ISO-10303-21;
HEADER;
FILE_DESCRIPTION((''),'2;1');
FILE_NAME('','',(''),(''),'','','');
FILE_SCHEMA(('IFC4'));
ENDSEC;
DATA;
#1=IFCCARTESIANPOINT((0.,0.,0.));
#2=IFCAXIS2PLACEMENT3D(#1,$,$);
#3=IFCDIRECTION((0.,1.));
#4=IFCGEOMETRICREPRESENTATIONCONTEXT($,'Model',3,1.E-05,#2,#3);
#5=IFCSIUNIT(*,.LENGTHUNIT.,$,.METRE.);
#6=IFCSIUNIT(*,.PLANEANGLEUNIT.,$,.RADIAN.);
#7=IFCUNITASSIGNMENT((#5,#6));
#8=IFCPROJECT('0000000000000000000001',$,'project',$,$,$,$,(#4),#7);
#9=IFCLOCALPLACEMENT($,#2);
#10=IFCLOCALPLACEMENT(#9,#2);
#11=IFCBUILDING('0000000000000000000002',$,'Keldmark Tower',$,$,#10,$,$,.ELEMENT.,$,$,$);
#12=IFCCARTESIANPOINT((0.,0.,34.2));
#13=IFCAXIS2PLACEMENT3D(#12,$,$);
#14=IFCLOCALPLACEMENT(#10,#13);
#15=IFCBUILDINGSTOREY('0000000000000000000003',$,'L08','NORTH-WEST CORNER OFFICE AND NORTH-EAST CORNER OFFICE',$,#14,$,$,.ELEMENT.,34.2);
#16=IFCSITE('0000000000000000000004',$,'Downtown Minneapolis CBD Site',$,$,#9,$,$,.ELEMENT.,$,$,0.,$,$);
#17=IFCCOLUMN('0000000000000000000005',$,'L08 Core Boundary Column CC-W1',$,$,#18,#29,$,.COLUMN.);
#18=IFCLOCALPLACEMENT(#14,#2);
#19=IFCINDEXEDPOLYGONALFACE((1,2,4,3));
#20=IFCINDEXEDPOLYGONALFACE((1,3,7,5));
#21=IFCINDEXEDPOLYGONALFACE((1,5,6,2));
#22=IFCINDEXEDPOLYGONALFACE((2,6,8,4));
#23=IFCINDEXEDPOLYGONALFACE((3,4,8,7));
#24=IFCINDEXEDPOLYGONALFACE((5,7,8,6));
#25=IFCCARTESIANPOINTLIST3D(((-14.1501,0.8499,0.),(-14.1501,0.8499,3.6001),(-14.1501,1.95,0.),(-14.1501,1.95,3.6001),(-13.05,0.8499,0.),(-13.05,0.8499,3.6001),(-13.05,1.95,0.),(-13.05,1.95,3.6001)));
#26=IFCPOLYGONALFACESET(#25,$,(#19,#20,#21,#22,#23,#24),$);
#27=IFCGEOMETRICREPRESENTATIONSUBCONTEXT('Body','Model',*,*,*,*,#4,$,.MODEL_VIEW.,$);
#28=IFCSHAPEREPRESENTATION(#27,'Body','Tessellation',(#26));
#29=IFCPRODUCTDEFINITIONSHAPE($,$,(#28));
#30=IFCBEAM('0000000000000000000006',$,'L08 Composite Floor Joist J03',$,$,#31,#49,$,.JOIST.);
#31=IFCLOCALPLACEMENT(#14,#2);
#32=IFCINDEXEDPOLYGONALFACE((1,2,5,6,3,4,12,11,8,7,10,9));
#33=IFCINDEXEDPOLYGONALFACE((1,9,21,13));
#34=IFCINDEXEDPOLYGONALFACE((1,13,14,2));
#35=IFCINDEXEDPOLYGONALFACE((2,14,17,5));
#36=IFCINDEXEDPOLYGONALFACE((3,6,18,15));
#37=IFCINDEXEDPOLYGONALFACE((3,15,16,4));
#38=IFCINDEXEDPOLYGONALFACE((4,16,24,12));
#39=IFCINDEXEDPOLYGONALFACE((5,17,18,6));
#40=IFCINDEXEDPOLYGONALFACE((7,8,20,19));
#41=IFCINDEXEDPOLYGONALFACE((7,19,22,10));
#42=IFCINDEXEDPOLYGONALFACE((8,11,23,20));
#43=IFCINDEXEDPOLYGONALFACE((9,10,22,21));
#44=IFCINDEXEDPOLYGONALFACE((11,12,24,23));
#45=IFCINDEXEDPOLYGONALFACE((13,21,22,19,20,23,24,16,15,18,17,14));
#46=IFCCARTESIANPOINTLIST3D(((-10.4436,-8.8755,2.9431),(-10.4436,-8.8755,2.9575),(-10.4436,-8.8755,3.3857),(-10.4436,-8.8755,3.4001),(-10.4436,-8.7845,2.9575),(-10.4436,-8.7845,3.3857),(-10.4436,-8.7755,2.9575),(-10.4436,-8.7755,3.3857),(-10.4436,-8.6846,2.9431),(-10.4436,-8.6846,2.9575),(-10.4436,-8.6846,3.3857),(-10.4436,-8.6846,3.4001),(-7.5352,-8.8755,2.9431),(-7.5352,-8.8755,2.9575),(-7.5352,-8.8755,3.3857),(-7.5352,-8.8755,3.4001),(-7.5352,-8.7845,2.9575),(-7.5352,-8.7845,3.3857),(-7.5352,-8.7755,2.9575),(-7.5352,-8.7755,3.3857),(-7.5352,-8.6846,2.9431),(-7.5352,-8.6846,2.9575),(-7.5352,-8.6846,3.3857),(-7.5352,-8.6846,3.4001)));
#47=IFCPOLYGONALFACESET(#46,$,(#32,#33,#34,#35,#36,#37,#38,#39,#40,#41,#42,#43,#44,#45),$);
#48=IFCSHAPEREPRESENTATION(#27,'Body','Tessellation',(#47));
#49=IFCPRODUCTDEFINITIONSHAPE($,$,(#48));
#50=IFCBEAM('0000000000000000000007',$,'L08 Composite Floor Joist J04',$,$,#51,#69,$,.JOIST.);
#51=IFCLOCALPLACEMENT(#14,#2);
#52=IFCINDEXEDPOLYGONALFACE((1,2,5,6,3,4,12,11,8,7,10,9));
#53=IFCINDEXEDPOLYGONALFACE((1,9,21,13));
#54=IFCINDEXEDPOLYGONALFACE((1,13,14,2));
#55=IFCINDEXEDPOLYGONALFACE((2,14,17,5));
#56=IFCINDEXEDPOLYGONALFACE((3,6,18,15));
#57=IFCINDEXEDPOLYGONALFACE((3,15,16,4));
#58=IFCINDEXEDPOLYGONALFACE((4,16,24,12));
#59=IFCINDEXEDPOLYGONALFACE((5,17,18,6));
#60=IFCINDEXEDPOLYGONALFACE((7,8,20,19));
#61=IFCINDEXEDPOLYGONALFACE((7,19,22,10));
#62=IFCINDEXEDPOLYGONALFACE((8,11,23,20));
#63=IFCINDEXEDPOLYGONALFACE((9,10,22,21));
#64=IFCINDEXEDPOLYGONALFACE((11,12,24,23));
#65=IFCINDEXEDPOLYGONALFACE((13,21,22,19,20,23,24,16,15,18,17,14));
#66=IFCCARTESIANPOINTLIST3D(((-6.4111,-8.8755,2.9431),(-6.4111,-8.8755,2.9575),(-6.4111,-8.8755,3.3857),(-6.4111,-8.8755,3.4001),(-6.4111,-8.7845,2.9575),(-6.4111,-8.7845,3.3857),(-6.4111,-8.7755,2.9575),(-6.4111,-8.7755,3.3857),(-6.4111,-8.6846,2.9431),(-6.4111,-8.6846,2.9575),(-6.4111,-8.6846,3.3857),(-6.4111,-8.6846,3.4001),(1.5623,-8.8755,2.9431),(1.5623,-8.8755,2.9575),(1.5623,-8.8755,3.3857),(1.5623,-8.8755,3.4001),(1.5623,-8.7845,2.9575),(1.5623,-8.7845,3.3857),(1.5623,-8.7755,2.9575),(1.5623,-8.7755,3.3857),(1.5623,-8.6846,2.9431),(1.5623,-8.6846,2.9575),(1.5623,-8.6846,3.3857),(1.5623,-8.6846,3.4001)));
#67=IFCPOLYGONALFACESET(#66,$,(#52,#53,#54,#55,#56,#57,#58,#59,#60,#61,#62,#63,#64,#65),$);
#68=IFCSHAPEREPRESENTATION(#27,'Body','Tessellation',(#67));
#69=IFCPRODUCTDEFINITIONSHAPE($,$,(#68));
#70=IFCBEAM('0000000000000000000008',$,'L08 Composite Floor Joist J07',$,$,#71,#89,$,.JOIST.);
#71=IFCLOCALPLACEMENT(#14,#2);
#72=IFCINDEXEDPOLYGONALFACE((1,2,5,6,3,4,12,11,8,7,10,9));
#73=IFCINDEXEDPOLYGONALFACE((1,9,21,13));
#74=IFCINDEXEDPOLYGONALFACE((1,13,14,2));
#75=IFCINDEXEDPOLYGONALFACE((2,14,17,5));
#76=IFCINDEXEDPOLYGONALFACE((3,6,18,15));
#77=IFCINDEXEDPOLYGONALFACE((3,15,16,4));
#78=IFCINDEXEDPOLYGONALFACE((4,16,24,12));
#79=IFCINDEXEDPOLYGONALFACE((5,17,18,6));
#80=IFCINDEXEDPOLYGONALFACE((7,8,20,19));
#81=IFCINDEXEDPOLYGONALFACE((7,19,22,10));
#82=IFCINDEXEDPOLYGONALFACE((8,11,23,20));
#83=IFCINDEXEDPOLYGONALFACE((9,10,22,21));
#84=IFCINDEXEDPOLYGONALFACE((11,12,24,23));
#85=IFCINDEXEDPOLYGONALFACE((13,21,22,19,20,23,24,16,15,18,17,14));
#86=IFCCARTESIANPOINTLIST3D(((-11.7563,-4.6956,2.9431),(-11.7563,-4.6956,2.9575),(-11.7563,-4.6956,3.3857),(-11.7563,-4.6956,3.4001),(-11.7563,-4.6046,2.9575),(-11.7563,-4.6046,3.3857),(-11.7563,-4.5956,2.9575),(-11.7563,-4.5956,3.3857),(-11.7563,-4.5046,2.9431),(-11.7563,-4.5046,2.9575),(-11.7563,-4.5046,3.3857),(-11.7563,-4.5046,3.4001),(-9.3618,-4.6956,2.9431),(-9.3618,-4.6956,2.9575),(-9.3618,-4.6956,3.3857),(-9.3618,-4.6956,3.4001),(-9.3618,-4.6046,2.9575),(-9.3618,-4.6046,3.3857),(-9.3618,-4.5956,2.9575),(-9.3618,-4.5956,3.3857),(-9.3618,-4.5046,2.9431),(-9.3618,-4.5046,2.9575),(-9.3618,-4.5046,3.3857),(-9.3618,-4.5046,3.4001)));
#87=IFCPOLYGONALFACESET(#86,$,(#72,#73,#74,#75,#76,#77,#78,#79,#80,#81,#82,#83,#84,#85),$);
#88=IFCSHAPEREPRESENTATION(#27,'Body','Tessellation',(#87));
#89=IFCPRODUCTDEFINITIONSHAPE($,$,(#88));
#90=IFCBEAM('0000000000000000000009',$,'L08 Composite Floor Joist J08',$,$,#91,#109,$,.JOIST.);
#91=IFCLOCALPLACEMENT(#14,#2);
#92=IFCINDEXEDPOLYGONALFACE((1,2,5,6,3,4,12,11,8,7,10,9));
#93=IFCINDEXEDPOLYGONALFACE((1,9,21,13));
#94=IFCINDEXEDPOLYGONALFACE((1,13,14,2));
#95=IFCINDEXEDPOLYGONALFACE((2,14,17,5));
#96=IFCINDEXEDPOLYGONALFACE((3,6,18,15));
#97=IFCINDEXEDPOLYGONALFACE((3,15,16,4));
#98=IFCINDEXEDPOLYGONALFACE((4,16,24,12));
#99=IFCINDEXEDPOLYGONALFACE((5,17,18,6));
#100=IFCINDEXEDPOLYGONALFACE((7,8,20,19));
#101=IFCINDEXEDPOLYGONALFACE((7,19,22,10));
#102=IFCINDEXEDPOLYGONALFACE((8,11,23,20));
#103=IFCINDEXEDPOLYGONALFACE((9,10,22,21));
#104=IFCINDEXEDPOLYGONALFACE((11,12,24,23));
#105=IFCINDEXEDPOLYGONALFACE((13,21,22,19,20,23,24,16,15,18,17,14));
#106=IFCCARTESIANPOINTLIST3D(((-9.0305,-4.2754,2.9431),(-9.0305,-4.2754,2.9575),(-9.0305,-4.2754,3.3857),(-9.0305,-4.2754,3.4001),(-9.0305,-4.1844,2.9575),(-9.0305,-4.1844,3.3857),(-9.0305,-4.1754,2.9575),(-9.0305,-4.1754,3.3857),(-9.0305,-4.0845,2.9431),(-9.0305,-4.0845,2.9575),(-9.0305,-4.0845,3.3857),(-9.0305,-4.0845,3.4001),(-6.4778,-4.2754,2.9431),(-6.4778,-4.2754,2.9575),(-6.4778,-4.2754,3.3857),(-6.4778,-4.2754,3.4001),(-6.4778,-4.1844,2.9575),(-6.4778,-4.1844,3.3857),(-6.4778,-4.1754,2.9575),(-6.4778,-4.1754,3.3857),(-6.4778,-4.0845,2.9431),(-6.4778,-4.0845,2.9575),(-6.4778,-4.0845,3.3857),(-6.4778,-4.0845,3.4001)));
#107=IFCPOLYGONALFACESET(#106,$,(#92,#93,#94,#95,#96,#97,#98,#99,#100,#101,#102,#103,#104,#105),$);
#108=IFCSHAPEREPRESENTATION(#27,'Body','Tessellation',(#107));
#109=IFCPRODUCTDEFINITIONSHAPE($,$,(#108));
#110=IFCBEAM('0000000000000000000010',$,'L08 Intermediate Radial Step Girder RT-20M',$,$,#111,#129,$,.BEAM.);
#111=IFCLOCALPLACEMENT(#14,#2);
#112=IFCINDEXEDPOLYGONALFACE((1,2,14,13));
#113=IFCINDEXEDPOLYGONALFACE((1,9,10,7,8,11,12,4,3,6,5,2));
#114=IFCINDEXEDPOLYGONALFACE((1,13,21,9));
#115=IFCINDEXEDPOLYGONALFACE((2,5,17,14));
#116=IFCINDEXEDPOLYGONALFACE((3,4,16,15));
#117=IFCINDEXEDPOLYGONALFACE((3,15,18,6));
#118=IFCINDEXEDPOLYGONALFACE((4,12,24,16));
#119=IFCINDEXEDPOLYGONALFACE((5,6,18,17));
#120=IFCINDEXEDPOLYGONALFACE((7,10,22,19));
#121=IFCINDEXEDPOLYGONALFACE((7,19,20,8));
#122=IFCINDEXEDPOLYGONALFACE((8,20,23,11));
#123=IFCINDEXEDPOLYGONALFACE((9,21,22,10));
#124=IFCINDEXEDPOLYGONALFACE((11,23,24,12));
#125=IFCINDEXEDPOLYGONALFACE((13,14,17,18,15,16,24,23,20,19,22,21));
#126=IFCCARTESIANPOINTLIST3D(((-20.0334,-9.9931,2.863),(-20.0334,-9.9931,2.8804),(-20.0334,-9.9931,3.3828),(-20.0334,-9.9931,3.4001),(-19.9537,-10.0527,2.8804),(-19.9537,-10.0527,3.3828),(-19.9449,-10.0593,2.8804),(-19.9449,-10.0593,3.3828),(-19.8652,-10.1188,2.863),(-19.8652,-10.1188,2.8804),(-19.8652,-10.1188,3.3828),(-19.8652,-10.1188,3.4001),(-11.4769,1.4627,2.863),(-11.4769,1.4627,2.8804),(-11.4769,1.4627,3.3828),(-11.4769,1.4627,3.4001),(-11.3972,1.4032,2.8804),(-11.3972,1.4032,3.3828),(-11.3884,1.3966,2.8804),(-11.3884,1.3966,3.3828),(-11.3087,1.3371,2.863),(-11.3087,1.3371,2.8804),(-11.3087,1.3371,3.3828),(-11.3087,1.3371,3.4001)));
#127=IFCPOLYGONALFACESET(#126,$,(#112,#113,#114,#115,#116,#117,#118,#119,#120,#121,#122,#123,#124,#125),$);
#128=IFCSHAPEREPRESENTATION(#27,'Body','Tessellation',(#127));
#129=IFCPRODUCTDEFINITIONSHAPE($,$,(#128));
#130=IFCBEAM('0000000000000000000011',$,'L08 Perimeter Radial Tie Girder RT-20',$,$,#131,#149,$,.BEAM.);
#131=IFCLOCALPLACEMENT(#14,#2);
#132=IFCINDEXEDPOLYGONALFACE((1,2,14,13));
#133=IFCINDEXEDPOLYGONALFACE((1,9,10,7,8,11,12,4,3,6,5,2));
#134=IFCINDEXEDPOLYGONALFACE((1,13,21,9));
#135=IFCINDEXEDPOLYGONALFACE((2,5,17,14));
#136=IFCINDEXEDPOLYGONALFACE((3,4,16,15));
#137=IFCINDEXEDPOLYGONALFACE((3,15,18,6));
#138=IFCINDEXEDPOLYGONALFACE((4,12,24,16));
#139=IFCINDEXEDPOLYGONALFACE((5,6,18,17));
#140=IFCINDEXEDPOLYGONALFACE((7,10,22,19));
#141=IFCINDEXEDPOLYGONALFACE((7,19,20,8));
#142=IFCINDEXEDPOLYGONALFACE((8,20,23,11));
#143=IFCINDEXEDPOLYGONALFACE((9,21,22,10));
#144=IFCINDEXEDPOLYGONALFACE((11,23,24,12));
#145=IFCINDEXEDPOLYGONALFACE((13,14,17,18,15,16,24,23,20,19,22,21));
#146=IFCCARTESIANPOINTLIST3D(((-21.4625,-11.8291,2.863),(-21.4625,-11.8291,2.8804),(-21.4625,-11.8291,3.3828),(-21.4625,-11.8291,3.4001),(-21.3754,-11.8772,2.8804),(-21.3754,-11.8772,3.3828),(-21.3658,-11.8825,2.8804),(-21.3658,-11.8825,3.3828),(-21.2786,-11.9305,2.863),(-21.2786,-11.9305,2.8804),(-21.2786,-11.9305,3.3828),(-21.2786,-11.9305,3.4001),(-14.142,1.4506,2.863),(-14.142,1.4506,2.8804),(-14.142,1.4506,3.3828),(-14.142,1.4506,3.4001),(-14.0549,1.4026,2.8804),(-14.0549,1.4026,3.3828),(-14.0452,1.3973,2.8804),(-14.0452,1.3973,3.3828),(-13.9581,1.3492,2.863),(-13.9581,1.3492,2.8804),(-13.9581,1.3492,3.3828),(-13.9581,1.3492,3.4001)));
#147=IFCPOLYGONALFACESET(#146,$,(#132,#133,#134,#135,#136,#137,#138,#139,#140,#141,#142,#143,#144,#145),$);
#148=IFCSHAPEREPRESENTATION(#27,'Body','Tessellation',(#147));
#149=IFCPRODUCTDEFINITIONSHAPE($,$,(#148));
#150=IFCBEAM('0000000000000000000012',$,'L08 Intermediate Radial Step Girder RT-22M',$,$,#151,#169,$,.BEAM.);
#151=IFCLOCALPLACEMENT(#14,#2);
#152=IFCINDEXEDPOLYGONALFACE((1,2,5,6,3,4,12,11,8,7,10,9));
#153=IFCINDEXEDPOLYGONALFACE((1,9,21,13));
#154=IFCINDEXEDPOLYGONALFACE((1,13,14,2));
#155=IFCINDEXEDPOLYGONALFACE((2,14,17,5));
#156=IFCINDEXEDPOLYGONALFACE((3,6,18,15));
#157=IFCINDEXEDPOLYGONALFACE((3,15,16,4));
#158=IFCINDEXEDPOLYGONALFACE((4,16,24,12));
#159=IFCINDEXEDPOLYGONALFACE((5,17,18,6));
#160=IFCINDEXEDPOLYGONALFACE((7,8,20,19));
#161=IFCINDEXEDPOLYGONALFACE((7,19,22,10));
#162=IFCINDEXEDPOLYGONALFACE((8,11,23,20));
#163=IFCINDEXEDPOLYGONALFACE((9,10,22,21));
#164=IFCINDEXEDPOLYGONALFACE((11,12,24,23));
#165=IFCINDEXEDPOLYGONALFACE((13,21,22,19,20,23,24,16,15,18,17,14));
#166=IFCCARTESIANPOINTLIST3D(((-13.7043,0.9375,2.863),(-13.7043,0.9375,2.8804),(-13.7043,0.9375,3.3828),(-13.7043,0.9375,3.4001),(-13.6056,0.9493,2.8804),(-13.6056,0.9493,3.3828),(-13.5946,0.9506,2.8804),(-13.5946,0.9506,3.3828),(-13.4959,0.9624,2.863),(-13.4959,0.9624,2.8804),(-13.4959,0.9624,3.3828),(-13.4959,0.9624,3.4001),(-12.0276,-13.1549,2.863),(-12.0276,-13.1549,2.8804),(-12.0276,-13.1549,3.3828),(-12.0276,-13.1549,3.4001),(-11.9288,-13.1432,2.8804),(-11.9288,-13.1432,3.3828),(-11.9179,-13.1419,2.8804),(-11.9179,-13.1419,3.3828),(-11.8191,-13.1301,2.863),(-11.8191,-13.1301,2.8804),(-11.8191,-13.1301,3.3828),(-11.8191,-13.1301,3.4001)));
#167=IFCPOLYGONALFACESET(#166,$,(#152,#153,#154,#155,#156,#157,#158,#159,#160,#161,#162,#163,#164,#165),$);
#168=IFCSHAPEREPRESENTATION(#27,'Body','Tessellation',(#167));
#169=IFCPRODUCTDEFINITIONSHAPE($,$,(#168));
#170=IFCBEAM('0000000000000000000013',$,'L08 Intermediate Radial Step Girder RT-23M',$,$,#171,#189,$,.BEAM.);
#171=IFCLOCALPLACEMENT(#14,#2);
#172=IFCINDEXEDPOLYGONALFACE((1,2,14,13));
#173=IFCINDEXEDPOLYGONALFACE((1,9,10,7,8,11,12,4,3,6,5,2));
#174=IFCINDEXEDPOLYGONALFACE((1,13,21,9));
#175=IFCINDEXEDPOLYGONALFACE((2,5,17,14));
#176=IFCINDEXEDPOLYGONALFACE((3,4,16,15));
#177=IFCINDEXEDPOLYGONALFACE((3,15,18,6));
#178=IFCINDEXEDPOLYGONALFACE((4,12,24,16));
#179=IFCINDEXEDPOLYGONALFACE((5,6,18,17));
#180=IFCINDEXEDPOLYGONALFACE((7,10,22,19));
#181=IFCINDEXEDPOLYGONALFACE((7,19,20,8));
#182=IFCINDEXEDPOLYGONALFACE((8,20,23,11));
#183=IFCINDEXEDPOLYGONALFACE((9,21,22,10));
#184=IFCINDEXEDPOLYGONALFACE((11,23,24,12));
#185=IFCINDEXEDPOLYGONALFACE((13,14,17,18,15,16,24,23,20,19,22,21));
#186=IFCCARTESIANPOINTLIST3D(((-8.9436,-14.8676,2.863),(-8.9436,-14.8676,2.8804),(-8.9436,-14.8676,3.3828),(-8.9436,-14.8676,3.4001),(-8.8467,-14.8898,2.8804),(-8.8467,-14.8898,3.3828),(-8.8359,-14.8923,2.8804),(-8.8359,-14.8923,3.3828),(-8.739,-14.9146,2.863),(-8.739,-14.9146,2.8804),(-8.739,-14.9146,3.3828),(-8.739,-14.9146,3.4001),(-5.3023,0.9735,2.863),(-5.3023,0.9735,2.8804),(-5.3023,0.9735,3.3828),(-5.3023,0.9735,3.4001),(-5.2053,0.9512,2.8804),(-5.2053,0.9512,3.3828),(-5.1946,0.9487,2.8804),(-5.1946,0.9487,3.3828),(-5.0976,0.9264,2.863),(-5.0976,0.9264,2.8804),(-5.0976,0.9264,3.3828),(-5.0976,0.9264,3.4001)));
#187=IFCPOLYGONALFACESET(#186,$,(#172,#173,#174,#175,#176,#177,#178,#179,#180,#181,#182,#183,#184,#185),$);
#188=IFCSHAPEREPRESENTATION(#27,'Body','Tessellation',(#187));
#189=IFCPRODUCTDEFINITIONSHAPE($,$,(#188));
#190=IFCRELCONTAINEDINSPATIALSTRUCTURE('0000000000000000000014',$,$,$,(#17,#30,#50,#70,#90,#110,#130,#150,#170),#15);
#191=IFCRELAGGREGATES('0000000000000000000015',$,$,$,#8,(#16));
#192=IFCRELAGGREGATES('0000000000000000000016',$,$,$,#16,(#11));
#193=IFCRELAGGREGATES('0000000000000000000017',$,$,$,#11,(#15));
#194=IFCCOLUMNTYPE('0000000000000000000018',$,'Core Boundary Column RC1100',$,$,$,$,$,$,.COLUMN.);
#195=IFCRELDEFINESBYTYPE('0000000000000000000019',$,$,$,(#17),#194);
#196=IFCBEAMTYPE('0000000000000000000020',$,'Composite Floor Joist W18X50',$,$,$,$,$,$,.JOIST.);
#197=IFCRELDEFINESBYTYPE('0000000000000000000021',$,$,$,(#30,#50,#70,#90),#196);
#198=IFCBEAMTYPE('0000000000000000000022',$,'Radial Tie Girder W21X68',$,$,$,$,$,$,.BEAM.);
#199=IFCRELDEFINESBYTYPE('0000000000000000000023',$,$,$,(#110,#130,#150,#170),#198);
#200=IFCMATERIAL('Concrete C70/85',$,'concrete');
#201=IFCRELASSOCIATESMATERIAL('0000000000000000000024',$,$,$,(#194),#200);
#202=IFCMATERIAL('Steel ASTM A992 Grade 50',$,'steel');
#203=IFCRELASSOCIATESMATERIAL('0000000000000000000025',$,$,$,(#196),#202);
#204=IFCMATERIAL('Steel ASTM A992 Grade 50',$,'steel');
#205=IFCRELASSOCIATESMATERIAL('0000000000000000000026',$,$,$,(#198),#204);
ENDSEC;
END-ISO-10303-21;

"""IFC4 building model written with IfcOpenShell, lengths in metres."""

from ifc_helpers import new_model, si_unit, direction, frame, origin, origin_2d, place, context, subcontext, project, spatial, rectangle, i_section, extrude, material, material_profile, profile_set, type_object, element, save


model = new_model("IFC4")

# Units and contexts
model_context = context("Model", 3, precision=1e-05, world=origin(), true_north=direction((0.0, 1.0)))
body_context = subcontext(model_context, "Body", "Model", "MODEL_VIEW")
ifc_project = project(units=[si_unit("LENGTHUNIT", "METRE"), si_unit("PLANEANGLEUNIT", "RADIAN")], contexts=[model_context])

# Site, building, storey
site_placement = place(None, origin())
site = spatial("IfcSite", under=ifc_project, at=site_placement, Name="Downtown Minneapolis CBD Site", CompositionType="ELEMENT", RefElevation=0.0)
building_placement = place(site_placement, origin())
building = spatial("IfcBuilding", under=site, at=building_placement, Name="Keldmark Tower", CompositionType="ELEMENT")
storey_placement = place(building_placement, frame((0.0, 0.0, 34.2)))
storey = spatial("IfcBuildingStorey", under=building, at=storey_placement, Name="L08", Description="NORTH-WEST CORNER OFFICE AND NORTH-EAST CORNER OFFICE", CompositionType="ELEMENT", Elevation=34.2)

# Column
ifc_material_1 = material(Name="Concrete C70/85", Category="concrete")
ifc_material_profile_1 = material_profile(ifc_material_1, rectangle(XDim=1.1001, YDim=1.1001, at=origin_2d()), Name="RC1100X1100")
ifc_profile_set_1 = profile_set([ifc_material_profile_1], Name="Concrete C70/85")
column_type = type_object("IfcColumnType", Name="Core Boundary Column RC1100", PredefinedType="COLUMN", material=ifc_profile_set_1)
column_placement = place(storey_placement, frame((-13.6001, 1.3999, 0.0), z_axis=(0.0, 0.0, 1.0), x_axis=(1.0, 0.0, 0.0)))
element("IfcColumn", 1, at=column_placement, inside=storey, type_object=column_type, Name="L08 Core Boundary Column CC-W1", PredefinedType="COLUMN", context=body_context, shape_type="SweptSolid", body=[
    extrude(rectangle(XDim=1.1001, YDim=1.1001, at=origin_2d()), origin(), (0.0, 0.0, 1.0), 3.6001),
])

# Beams
ifc_material_2 = material(Name="Steel ASTM A992 Grade 50", Category="steel")
ifc_material_profile_2 = material_profile(ifc_material_2, i_section(OverallWidth=0.1909, OverallDepth=0.457, WebThickness=0.009, FlangeThickness=0.0144, at=origin_2d()), Name="W18X50")
ifc_profile_set_2 = profile_set([ifc_material_profile_2], Name="Steel ASTM A992 Grade 50")
beam_type_1 = type_object("IfcBeamType", Name="Composite Floor Joist W18X50", PredefinedType="JOIST", material=ifc_profile_set_2)
beam_1_placement = place(storey_placement, frame((-10.4436, -8.78, 3.1716), z_axis=(1.0, 0.0, 0.0), x_axis=(0.0, 1.0, 0.0)))
element("IfcBeam", 2, at=beam_1_placement, inside=storey, type_object=beam_type_1, Name="L08 Composite Floor Joist J03", PredefinedType="JOIST", context=body_context, shape_type="SweptSolid", body=[
    extrude(i_section(OverallWidth=0.1909, OverallDepth=0.457, WebThickness=0.009, FlangeThickness=0.0144, at=origin_2d()), origin(), (0.0, 0.0, 1.0), 2.9084),
])
beam_2_placement = place(storey_placement, frame((-6.4111, -8.78, 3.1716), z_axis=(1.0, 0.0, 0.0), x_axis=(0.0, 1.0, 0.0)))
element("IfcBeam", 3, at=beam_2_placement, inside=storey, type_object=beam_type_1, Name="L08 Composite Floor Joist J04", PredefinedType="JOIST", context=body_context, shape_type="SweptSolid", body=[
    extrude(i_section(OverallWidth=0.1909, OverallDepth=0.457, WebThickness=0.009, FlangeThickness=0.0144, at=origin_2d()), origin(), (0.0, 0.0, 1.0), 7.9734),
])
beam_3_placement = place(storey_placement, frame((-11.7563, -4.6001, 3.1716), z_axis=(1.0, 0.0, 0.0), x_axis=(0.0, 1.0, 0.0)))
element("IfcBeam", 4, at=beam_3_placement, inside=storey, type_object=beam_type_1, Name="L08 Composite Floor Joist J07", PredefinedType="JOIST", context=body_context, shape_type="SweptSolid", body=[
    extrude(i_section(OverallWidth=0.1909, OverallDepth=0.457, WebThickness=0.009, FlangeThickness=0.0144, at=origin_2d()), origin(), (0.0, 0.0, 1.0), 2.3945),
])
beam_4_placement = place(storey_placement, frame((-9.0305, -4.1799, 3.1716), z_axis=(1.0, 0.0, 0.0), x_axis=(0.0, 1.0, 0.0)))
element("IfcBeam", 5, at=beam_4_placement, inside=storey, type_object=beam_type_1, Name="L08 Composite Floor Joist J08", PredefinedType="JOIST", context=body_context, shape_type="SweptSolid", body=[
    extrude(i_section(OverallWidth=0.1909, OverallDepth=0.457, WebThickness=0.009, FlangeThickness=0.0144, at=origin_2d()), origin(), (0.0, 0.0, 1.0), 2.5527),
])
ifc_material_3 = material(Name="Steel ASTM A992 Grade 50", Category="steel")
ifc_material_profile_3 = material_profile(ifc_material_3, i_section(OverallWidth=0.21, OverallDepth=0.5371, WebThickness=0.011, FlangeThickness=0.0173, at=origin_2d()), Name="W21X68")
ifc_profile_set_3 = profile_set([ifc_material_profile_3], Name="Steel ASTM A992 Grade 50")
beam_type_2 = type_object("IfcBeamType", Name="Radial Tie Girder W21X68", PredefinedType="BEAM", material=ifc_profile_set_3)
beam_5_placement = place(storey_placement, frame((-11.3928, 1.3999, 3.1316), z_axis=(-0.598412, -0.801189, 0.0), x_axis=(0.801189, -0.598412, 0.0)))
element("IfcBeam", 6, at=beam_5_placement, inside=storey, type_object=beam_type_2, Name="L08 Intermediate Radial Step Girder RT-20M", PredefinedType="BEAM", context=body_context, shape_type="SweptSolid", body=[
    extrude(i_section(OverallWidth=0.21, OverallDepth=0.5371, WebThickness=0.011, FlangeThickness=0.0173, at=origin_2d()), origin(), (0.0, 0.0, 1.0), 14.2986),
])
beam_6_placement = place(storey_placement, frame((-14.05, 1.3999, 3.1316), z_axis=(-0.482763, -0.875751, 0.0), x_axis=(0.875751, -0.482763, 0.0)))
element("IfcBeam", 7, at=beam_6_placement, inside=storey, type_object=beam_type_2, Name="L08 Perimeter Radial Tie Girder RT-20", PredefinedType="BEAM", context=body_context, shape_type="SweptSolid", body=[
    extrude(i_section(OverallWidth=0.21, OverallDepth=0.5371, WebThickness=0.011, FlangeThickness=0.0173, at=origin_2d()), origin(), (0.0, 0.0, 1.0), 15.1638),
])
beam_7_placement = place(storey_placement, frame((-13.6001, 0.95, 3.1316), z_axis=(0.118149, -0.992996, 0.0), x_axis=(0.992996, 0.118149, 0.0)))
element("IfcBeam", 8, at=beam_7_placement, inside=storey, type_object=beam_type_2, Name="L08 Intermediate Radial Step Girder RT-22M", PredefinedType="BEAM", context=body_context, shape_type="SweptSolid", body=[
    extrude(i_section(OverallWidth=0.21, OverallDepth=0.5371, WebThickness=0.011, FlangeThickness=0.0173, at=origin_2d()), origin(), (0.0, 0.0, 1.0), 14.1919),
])
beam_8_placement = place(storey_placement, frame((-5.2, 0.95, 3.1316), z_axis=(-0.224026, -0.974583, 0.0), x_axis=(0.974583, -0.224026, 0.0)))
element("IfcBeam", 9, at=beam_8_placement, inside=storey, type_object=beam_type_2, Name="L08 Intermediate Radial Step Girder RT-23M", PredefinedType="BEAM", context=body_context, shape_type="SweptSolid", body=[
    extrude(i_section(OverallWidth=0.21, OverallDepth=0.5371, WebThickness=0.011, FlangeThickness=0.0173, at=origin_2d()), origin(), (0.0, 0.0, 1.0), 16.2542),
])

save(model, "model.ifc")
